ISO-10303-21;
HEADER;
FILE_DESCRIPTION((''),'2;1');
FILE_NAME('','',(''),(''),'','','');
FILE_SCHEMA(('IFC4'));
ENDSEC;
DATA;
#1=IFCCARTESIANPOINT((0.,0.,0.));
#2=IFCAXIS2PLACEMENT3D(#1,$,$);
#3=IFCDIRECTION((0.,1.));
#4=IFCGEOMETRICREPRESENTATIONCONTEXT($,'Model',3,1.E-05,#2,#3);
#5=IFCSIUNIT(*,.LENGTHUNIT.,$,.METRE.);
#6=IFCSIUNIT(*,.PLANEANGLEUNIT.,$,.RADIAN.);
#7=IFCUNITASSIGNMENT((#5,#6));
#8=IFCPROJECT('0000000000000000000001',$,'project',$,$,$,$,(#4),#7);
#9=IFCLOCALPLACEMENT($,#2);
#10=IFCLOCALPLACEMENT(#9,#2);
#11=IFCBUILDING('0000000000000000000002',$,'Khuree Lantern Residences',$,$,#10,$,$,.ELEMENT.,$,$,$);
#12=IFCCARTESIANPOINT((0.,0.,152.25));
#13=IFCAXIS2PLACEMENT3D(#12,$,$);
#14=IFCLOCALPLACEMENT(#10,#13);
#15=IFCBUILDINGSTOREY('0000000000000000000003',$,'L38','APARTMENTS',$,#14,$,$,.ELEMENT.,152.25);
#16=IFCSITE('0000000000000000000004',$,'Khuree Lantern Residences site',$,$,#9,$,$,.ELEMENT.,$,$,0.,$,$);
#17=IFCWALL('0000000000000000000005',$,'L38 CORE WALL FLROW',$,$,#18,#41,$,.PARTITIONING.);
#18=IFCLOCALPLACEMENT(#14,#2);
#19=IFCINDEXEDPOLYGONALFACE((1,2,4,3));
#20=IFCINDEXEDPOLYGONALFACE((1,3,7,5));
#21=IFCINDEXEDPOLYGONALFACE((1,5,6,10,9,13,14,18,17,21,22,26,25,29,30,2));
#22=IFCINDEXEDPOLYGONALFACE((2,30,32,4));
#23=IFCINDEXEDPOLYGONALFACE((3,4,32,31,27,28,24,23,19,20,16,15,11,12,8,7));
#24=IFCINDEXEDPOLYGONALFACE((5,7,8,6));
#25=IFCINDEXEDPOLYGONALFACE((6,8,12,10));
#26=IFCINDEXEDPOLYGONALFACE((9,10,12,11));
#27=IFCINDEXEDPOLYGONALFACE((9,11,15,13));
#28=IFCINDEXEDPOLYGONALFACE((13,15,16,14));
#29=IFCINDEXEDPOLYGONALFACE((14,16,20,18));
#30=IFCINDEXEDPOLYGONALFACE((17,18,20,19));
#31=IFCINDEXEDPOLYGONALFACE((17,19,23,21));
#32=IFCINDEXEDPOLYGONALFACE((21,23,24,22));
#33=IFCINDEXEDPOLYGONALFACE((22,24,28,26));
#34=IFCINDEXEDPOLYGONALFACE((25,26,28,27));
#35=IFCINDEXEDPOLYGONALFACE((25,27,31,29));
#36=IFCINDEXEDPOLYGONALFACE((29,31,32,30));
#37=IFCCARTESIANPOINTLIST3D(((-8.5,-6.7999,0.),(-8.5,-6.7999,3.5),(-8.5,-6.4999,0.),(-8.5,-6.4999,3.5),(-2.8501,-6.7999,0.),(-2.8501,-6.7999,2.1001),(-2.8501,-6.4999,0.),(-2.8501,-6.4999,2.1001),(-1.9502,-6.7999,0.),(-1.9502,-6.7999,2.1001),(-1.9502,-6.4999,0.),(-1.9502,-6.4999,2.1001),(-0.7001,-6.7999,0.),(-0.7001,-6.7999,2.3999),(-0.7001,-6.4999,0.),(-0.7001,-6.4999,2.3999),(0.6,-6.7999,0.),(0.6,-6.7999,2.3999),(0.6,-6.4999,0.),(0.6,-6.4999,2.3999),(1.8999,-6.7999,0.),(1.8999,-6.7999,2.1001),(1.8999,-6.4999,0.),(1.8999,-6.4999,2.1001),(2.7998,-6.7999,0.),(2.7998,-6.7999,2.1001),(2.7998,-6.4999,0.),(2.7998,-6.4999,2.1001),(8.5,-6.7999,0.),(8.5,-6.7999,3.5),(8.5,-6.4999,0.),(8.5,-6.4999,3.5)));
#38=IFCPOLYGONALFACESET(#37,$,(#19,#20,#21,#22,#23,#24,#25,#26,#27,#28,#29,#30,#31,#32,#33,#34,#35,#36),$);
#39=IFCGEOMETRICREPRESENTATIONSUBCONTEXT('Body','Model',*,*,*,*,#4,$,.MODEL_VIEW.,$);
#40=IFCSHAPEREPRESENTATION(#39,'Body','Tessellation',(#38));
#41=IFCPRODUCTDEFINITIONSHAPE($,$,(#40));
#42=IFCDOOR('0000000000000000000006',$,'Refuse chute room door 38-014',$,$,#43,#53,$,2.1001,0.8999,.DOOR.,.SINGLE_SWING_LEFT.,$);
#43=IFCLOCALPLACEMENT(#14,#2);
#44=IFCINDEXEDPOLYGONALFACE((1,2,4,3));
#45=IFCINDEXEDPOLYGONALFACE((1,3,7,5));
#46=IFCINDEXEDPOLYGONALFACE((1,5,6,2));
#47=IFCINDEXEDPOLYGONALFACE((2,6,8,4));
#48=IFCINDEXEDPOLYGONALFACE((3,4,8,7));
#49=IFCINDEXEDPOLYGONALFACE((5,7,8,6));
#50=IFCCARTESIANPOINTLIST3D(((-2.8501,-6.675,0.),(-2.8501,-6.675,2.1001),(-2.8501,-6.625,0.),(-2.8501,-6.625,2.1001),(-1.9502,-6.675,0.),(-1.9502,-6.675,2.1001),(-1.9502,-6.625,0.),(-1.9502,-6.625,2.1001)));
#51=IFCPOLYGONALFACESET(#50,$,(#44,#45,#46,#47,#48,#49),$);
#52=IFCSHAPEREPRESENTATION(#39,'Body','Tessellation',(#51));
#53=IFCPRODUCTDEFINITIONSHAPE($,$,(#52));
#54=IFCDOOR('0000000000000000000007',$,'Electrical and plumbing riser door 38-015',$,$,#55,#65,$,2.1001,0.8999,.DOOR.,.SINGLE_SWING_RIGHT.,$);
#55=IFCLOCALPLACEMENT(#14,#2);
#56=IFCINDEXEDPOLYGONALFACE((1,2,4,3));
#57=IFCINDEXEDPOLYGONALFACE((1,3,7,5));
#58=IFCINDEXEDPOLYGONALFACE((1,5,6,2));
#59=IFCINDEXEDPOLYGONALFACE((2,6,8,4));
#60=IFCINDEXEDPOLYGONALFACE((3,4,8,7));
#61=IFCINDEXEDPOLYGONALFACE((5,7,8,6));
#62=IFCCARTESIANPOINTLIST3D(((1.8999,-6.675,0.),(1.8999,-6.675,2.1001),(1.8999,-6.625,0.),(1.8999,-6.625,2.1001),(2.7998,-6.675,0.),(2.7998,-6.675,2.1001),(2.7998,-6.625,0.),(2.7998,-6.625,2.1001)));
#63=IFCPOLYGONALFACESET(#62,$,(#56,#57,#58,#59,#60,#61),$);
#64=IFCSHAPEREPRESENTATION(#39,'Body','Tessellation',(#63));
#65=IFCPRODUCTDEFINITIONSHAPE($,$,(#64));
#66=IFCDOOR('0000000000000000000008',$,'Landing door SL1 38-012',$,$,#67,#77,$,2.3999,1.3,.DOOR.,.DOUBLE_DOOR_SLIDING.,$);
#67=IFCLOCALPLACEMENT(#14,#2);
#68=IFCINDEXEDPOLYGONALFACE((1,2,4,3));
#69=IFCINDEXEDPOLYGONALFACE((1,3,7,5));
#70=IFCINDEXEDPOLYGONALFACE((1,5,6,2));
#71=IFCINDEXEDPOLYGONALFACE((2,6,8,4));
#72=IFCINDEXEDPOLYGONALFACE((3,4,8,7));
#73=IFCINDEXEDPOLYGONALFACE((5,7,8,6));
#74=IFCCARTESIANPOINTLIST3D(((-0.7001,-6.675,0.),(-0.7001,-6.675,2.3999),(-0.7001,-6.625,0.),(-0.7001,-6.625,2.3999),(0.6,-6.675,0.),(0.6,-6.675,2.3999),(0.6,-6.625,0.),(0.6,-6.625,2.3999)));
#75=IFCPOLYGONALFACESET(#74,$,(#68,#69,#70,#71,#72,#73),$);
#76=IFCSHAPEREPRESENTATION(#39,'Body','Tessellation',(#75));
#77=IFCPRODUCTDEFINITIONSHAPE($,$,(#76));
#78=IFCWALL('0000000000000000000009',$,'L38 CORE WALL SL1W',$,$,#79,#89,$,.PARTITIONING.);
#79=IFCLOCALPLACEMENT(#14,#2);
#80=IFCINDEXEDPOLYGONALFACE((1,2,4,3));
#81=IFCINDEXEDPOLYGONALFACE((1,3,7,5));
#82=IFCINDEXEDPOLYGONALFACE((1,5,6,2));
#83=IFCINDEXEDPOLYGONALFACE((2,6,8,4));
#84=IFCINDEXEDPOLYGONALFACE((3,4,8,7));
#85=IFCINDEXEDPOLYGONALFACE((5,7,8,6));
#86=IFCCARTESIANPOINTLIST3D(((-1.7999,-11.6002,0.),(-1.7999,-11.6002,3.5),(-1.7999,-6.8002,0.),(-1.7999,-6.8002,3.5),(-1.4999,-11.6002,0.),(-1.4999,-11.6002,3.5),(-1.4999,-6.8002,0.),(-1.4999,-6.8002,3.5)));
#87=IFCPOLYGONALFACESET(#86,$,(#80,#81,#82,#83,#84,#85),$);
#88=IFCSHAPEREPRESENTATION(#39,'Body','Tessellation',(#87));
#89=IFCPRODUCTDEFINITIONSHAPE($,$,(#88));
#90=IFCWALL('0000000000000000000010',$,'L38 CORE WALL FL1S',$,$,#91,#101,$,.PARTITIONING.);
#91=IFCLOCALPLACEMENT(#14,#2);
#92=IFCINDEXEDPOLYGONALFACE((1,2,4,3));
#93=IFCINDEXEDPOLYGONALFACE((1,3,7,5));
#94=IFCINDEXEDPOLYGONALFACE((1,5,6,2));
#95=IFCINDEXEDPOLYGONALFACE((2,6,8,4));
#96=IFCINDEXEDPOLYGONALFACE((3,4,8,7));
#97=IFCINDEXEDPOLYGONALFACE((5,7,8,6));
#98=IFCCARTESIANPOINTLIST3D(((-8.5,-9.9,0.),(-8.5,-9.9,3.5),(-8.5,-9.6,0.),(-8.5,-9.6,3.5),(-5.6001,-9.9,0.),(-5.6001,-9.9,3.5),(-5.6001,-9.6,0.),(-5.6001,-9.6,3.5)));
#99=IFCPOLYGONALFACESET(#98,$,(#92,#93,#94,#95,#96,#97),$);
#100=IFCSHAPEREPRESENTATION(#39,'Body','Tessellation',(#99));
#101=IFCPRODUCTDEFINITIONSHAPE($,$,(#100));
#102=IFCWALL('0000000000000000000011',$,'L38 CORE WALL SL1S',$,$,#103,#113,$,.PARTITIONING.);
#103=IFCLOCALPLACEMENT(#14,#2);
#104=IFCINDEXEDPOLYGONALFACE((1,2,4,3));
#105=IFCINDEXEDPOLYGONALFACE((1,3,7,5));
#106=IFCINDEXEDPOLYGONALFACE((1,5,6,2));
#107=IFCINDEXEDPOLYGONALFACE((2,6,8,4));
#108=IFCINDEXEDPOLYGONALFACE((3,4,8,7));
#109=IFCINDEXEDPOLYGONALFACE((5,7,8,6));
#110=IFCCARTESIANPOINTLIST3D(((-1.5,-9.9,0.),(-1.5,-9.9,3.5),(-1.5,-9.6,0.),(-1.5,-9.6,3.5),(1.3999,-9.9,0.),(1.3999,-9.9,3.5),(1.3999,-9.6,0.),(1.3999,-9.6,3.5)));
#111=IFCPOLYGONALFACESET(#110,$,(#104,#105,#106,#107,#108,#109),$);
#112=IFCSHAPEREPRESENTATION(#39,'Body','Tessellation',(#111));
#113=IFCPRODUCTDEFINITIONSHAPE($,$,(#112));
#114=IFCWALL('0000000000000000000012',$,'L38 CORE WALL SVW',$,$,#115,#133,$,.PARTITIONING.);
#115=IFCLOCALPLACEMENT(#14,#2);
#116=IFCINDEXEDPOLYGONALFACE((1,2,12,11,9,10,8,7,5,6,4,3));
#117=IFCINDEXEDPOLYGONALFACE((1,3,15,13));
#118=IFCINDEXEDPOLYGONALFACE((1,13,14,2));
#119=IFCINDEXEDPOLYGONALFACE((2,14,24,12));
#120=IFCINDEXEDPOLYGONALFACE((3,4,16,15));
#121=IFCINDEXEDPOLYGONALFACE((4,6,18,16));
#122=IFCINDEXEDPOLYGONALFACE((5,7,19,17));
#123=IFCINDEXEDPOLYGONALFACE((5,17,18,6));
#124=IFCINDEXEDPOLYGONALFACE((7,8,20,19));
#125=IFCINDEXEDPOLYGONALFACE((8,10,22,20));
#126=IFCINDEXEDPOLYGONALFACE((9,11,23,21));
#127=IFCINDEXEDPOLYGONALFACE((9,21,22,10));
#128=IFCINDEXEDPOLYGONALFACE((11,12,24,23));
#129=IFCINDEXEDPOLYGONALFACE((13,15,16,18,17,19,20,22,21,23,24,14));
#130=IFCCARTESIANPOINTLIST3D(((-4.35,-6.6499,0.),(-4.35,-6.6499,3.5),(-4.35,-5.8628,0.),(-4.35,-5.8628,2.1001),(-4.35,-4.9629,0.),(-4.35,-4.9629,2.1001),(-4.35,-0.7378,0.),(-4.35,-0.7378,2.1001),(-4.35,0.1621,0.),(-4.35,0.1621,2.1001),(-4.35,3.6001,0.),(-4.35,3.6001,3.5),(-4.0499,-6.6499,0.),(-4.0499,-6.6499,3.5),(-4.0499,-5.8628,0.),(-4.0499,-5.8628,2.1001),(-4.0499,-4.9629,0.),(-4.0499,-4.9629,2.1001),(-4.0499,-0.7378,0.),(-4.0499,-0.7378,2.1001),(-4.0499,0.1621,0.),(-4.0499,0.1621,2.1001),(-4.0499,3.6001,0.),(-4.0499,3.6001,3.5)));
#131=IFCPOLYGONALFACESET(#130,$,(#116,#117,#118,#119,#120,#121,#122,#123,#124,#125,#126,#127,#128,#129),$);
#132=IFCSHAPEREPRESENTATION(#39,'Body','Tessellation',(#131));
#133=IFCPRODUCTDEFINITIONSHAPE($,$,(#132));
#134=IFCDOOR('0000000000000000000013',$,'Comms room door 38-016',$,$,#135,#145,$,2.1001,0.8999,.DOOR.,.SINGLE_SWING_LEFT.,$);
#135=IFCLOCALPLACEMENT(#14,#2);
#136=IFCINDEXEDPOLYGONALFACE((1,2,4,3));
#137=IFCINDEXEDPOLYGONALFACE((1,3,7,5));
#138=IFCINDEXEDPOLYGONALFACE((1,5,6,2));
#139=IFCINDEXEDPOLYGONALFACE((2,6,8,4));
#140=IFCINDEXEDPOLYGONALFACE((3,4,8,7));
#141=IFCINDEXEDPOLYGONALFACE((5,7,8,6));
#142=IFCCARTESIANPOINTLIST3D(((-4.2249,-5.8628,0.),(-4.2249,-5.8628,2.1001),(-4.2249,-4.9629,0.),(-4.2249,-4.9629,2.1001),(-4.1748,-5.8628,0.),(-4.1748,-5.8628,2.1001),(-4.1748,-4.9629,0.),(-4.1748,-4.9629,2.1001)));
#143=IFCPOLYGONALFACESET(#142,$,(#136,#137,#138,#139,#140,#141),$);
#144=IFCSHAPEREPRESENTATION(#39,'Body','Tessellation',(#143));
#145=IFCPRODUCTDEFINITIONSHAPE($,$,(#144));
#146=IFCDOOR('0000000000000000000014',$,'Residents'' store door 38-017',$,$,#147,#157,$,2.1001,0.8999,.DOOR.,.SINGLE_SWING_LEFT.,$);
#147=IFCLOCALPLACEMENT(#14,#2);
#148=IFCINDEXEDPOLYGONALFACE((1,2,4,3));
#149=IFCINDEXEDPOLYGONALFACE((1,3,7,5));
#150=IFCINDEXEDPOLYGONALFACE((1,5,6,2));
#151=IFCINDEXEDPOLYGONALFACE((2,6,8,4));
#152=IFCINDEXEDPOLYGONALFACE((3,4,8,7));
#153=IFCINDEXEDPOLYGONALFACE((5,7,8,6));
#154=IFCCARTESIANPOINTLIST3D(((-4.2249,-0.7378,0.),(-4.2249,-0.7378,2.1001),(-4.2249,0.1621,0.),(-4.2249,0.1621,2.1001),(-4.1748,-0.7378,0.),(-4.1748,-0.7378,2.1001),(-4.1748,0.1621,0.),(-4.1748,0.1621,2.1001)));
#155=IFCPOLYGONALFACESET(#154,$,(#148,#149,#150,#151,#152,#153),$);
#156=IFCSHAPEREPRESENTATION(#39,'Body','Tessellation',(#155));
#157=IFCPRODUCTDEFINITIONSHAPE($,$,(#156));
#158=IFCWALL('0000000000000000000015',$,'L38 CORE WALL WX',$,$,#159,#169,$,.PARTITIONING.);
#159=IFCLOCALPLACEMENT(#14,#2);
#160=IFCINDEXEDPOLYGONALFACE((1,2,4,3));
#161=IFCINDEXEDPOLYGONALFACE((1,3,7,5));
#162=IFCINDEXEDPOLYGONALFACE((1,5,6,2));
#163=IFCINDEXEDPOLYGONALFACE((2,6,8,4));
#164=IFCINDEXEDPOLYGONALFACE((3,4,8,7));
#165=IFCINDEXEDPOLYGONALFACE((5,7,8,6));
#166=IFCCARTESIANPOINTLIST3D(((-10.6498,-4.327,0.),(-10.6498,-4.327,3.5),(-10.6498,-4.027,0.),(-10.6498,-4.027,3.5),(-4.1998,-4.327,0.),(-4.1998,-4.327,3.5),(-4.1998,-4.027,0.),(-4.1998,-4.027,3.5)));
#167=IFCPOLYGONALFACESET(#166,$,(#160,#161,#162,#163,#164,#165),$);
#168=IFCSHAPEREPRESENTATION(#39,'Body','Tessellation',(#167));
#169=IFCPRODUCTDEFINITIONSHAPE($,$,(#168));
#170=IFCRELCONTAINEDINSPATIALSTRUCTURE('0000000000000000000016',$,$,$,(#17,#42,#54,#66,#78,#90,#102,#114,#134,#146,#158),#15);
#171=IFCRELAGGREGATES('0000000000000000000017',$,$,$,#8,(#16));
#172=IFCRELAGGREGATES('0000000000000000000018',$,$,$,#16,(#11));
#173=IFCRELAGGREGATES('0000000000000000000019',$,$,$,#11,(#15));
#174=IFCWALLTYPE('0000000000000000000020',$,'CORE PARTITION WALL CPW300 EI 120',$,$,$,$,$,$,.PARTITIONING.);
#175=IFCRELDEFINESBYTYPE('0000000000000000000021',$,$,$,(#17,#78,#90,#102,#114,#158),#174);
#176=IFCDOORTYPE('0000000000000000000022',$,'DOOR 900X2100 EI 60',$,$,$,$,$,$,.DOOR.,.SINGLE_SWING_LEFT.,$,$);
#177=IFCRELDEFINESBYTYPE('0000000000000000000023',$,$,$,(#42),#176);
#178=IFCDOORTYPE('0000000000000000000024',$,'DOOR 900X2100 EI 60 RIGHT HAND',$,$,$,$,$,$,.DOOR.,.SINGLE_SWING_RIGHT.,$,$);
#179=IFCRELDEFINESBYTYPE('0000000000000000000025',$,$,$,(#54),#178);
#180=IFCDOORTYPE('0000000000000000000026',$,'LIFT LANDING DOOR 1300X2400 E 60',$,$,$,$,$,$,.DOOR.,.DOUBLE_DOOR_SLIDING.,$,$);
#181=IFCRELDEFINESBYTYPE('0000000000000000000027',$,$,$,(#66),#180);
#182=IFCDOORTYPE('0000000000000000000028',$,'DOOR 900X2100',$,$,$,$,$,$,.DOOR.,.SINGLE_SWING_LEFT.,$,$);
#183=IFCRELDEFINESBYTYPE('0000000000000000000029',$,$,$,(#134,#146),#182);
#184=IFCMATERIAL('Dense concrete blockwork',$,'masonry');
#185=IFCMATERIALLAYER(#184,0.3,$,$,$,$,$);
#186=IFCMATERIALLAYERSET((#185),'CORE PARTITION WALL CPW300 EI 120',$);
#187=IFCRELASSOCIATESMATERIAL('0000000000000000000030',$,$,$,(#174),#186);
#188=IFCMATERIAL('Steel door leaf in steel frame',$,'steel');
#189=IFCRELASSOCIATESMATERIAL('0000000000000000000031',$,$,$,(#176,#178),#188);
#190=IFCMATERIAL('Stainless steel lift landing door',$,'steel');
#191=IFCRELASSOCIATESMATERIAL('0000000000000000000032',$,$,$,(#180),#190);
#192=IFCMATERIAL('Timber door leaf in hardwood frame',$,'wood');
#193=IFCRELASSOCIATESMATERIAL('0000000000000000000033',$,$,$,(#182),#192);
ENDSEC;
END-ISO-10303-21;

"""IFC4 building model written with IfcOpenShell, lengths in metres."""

from ifc_helpers import new_model, si_unit, direction, frame, frame_2d, origin, place, context, subcontext, project, spatial, rectangle, extrude, material, layer, layer_set, type_object, element, fill, save


model = new_model("IFC4")

# Units and contexts
model_context = context("Model", 3, precision=1e-05, world=origin(), true_north=direction((0.0, 1.0)))
body_context = subcontext(model_context, "Body", "Model", "MODEL_VIEW")
ifc_project = project(units=[si_unit("LENGTHUNIT", "METRE"), si_unit("PLANEANGLEUNIT", "RADIAN")], contexts=[model_context])

# Site, building, storey
site_placement = place(None, origin())
site = spatial("IfcSite", under=ifc_project, at=site_placement, Name="Khuree Lantern Residences site", CompositionType="ELEMENT", RefElevation=0.0)
building_placement = place(site_placement, origin())
building = spatial("IfcBuilding", under=site, at=building_placement, Name="Khuree Lantern Residences", CompositionType="ELEMENT")
storey_placement = place(building_placement, frame((0.0, 0.0, 152.25)))
storey = spatial("IfcBuildingStorey", under=building, at=storey_placement, Name="L38", Description="APARTMENTS", CompositionType="ELEMENT", Elevation=152.25)

# Wall, openings, doors
ifc_material_1 = material(Name="Dense concrete blockwork", Category="masonry")
ifc_layer_1 = layer(ifc_material_1, 0.3)
ifc_layer_set_1 = layer_set([ifc_layer_1], Name="CORE PARTITION WALL CPW300 EI 120")
wall_type_1 = type_object("IfcWallType", Name="CORE PARTITION WALL CPW300 EI 120", PredefinedType="PARTITIONING", material=ifc_layer_set_1)
wall_1_placement = place(storey_placement, frame((-8.5, -6.6499, 0.0), z_axis=(0.0, 0.0, 1.0), x_axis=(1.0, 0.0, 0.0)))
wall_1 = element("IfcWall", 1, at=wall_1_placement, inside=storey, type_object=wall_type_1, Name="L38 CORE WALL FLROW", PredefinedType="PARTITIONING", context=body_context, shape_type="SweptSolid", body=[
    extrude(rectangle(XDim=17.0, YDim=0.3, at=frame_2d((8.5, 0.0))), origin(), (0.0, 0.0, 1.0), 3.5),
])
opening_1_placement = place(wall_1_placement, frame((7.8, 0.0, 0.0)))
opening_1 = element("IfcOpeningElement", 2, at=opening_1_placement, cuts=wall_1, PredefinedType="OPENING", context=body_context, shape_type="SweptSolid", body=[
    extrude(rectangle(XDim=1.3, YDim=2.3999, at=frame_2d((0.6499, 1.2))), frame((0.0, 0.1602, 0.0), z_axis=(0.0, -1.0, 0.0), x_axis=(1.0, 0.0, 0.0)), (0.0, 0.0, 1.0), 0.3201),
])
opening_2_placement = place(wall_1_placement, frame((5.6499, 0.0, 0.0)))
opening_2 = element("IfcOpeningElement", 3, at=opening_2_placement, cuts=wall_1, PredefinedType="OPENING", context=body_context, shape_type="SweptSolid", body=[
    extrude(rectangle(XDim=0.8999, YDim=2.1001, at=frame_2d((0.45, 1.05))), frame((0.0, 0.1602, 0.0), z_axis=(0.0, -1.0, 0.0), x_axis=(1.0, 0.0, 0.0)), (0.0, 0.0, 1.0), 0.3201),
])
opening_3_placement = place(wall_1_placement, frame((10.3999, 0.0, 0.0)))
opening_3 = element("IfcOpeningElement", 4, at=opening_3_placement, cuts=wall_1, PredefinedType="OPENING", context=body_context, shape_type="SweptSolid", body=[
    extrude(rectangle(XDim=0.8999, YDim=2.1001, at=frame_2d((0.45, 1.05))), frame((0.0, 0.1602, 0.0), z_axis=(0.0, -1.0, 0.0), x_axis=(1.0, 0.0, 0.0)), (0.0, 0.0, 1.0), 0.3201),
])
ifc_material_2 = material(Name="Steel door leaf in steel frame", Category="steel")
door_type_1 = type_object("IfcDoorType", Name="DOOR 900X2100 EI 60", OperationType="SINGLE_SWING_LEFT", PredefinedType="DOOR", material=ifc_material_2)
door_1_placement = place(opening_2_placement, origin())
door_1 = element("IfcDoor", 5, at=door_1_placement, inside=storey, type_object=door_type_1, Name="Refuse chute room door 38-014", OperationType="SINGLE_SWING_LEFT", OverallHeight=2.1001, OverallWidth=0.8999, PredefinedType="DOOR", context=body_context, shape_type="SweptSolid", body=[
    extrude(rectangle(XDim=0.8999, YDim=2.1001, at=frame_2d((0.45, 1.05))), frame((0.0, 0.0249, 0.0), z_axis=(0.0, -1.0, 0.0), x_axis=(1.0, 0.0, 0.0)), (0.0, 0.0, 1.0), 0.05),
])
fill(opening_2, door_1)
door_type_2 = type_object("IfcDoorType", Name="DOOR 900X2100 EI 60 RIGHT HAND", OperationType="SINGLE_SWING_RIGHT", PredefinedType="DOOR", material=ifc_material_2)
door_2_placement = place(opening_3_placement, origin())
door_2 = element("IfcDoor", 6, at=door_2_placement, inside=storey, type_object=door_type_2, Name="Electrical and plumbing riser door 38-015", OperationType="SINGLE_SWING_RIGHT", OverallHeight=2.1001, OverallWidth=0.8999, PredefinedType="DOOR", context=body_context, shape_type="SweptSolid", body=[
    extrude(rectangle(XDim=0.8999, YDim=2.1001, at=frame_2d((0.45, 1.05))), frame((0.0, 0.0249, 0.0), z_axis=(0.0, -1.0, 0.0), x_axis=(1.0, 0.0, 0.0)), (0.0, 0.0, 1.0), 0.05),
])
fill(opening_3, door_2)
ifc_material_3 = material(Name="Stainless steel lift landing door", Category="steel")
door_type_3 = type_object("IfcDoorType", Name="LIFT LANDING DOOR 1300X2400 E 60", OperationType="DOUBLE_DOOR_SLIDING", PredefinedType="DOOR", material=ifc_material_3)
door_3_placement = place(opening_1_placement, origin())
door_3 = element("IfcDoor", 7, at=door_3_placement, inside=storey, type_object=door_type_3, Name="Landing door SL1 38-012", OperationType="DOUBLE_DOOR_SLIDING", OverallHeight=2.3999, OverallWidth=1.3, PredefinedType="DOOR", context=body_context, shape_type="SweptSolid", body=[
    extrude(rectangle(XDim=1.3, YDim=2.3999, at=frame_2d((0.6499, 1.2))), frame((0.0, 0.0249, 0.0), z_axis=(0.0, -1.0, 0.0), x_axis=(1.0, 0.0, 0.0)), (0.0, 0.0, 1.0), 0.05),
])
fill(opening_1, door_3)

# Walls
wall_2_placement = place(storey_placement, frame((-1.6499, -11.6001, 0.0), z_axis=(0.0, 0.0, 1.0), x_axis=(0.0, 1.0, 0.0)))
element("IfcWall", 8, at=wall_2_placement, inside=storey, type_object=wall_type_1, Name="L38 CORE WALL SL1W", PredefinedType="PARTITIONING", context=body_context, shape_type="SweptSolid", body=[
    extrude(rectangle(XDim=4.8, YDim=0.3, at=frame_2d((2.3999, 0.0))), origin(), (0.0, 0.0, 1.0), 3.5),
])
for number, where, z_axis, x_axis, name in (
    (9, (-8.5, -9.75, 0.0), (0.0, 0.0, 1.0), (1.0, 0.0, 0.0), "L38 CORE WALL FL1S"),
    (10, (-1.5, -9.75, 0.0), (0.0, 0.0, 1.0), (1.0, 0.0, 0.0), "L38 CORE WALL SL1S"),
):
    element("IfcWall", number, at=place(storey_placement, frame(where, z_axis=z_axis, x_axis=x_axis)), inside=storey, type_object=wall_type_1, Name=name, PredefinedType="PARTITIONING", context=body_context, shape_type="SweptSolid", body=[
        extrude(rectangle(XDim=2.8999, YDim=0.3, at=frame_2d((1.45, 0.0))), origin(), (0.0, 0.0, 1.0), 3.5),
    ])

# Wall, openings, doors
wall_3_placement = place(storey_placement, frame((-4.2, -6.6499, 0.0), z_axis=(0.0, 0.0, 1.0), x_axis=(0.0, 1.0, 0.0)))
wall_3 = element("IfcWall", 11, at=wall_3_placement, inside=storey, type_object=wall_type_1, Name="L38 CORE WALL SVW", PredefinedType="PARTITIONING", context=body_context, shape_type="SweptSolid", body=[
    extrude(rectangle(XDim=10.25, YDim=0.3, at=frame_2d((5.125, 0.0))), origin(), (0.0, 0.0, 1.0), 3.5),
])
opening_4_placement = place(wall_3_placement, frame((0.7871, 0.0, 0.0)))
opening_4 = element("IfcOpeningElement", 12, at=opening_4_placement, cuts=wall_3, PredefinedType="OPENING", context=body_context, shape_type="SweptSolid", body=[
    extrude(rectangle(XDim=0.8999, YDim=2.1001, at=frame_2d((0.45, 1.05))), frame((0.0, 0.1602, 0.0), z_axis=(0.0, -1.0, 0.0), x_axis=(1.0, 0.0, 0.0)), (0.0, 0.0, 1.0), 0.3201),
])
opening_5_placement = place(wall_3_placement, frame((5.9121, 0.0, 0.0)))
opening_5 = element("IfcOpeningElement", 13, at=opening_5_placement, cuts=wall_3, PredefinedType="OPENING", context=body_context, shape_type="SweptSolid", body=[
    extrude(rectangle(XDim=0.8999, YDim=2.1001, at=frame_2d((0.45, 1.05))), frame((0.0, 0.1602, 0.0), z_axis=(0.0, -1.0, 0.0), x_axis=(1.0, 0.0, 0.0)), (0.0, 0.0, 1.0), 0.3201),
])
ifc_material_4 = material(Name="Timber door leaf in hardwood frame", Category="wood")
door_type_4 = type_object("IfcDoorType", Name="DOOR 900X2100", OperationType="SINGLE_SWING_LEFT", PredefinedType="DOOR", material=ifc_material_4)
door_4_placement = place(opening_4_placement, origin())
door_4 = element("IfcDoor", 14, at=door_4_placement, inside=storey, type_object=door_type_4, Name="Comms room door 38-016", OperationType="SINGLE_SWING_LEFT", OverallHeight=2.1001, OverallWidth=0.8999, PredefinedType="DOOR", context=body_context, shape_type="SweptSolid", body=[
    extrude(rectangle(XDim=0.8999, YDim=2.1001, at=frame_2d((0.45, 1.05))), frame((0.0, 0.0249, 0.0), z_axis=(0.0, -1.0, 0.0), x_axis=(1.0, 0.0, 0.0)), (0.0, 0.0, 1.0), 0.05),
])
fill(opening_4, door_4)
door_5_placement = place(opening_5_placement, origin())
door_5 = element("IfcDoor", 15, at=door_5_placement, inside=storey, type_object=door_type_4, Name="Residents' store door 38-017", OperationType="SINGLE_SWING_LEFT", OverallHeight=2.1001, OverallWidth=0.8999, PredefinedType="DOOR", context=body_context, shape_type="SweptSolid", body=[
    extrude(rectangle(XDim=0.8999, YDim=2.1001, at=frame_2d((0.45, 1.05))), frame((0.0, 0.0249, 0.0), z_axis=(0.0, -1.0, 0.0), x_axis=(1.0, 0.0, 0.0)), (0.0, 0.0, 1.0), 0.05),
])
fill(opening_5, door_5)

# Wall
wall_4_placement = place(storey_placement, frame((-10.6499, -4.177, 0.0), z_axis=(0.0, 0.0, 1.0), x_axis=(1.0, 0.0, 0.0)))
element("IfcWall", 16, at=wall_4_placement, inside=storey, type_object=wall_type_1, Name="L38 CORE WALL WX", PredefinedType="PARTITIONING", context=body_context, shape_type="SweptSolid", body=[
    extrude(rectangle(XDim=6.45, YDim=0.3, at=frame_2d((3.2251, 0.0))), origin(), (0.0, 0.0, 1.0), 3.5),
])

save(model, "model.ifc")
